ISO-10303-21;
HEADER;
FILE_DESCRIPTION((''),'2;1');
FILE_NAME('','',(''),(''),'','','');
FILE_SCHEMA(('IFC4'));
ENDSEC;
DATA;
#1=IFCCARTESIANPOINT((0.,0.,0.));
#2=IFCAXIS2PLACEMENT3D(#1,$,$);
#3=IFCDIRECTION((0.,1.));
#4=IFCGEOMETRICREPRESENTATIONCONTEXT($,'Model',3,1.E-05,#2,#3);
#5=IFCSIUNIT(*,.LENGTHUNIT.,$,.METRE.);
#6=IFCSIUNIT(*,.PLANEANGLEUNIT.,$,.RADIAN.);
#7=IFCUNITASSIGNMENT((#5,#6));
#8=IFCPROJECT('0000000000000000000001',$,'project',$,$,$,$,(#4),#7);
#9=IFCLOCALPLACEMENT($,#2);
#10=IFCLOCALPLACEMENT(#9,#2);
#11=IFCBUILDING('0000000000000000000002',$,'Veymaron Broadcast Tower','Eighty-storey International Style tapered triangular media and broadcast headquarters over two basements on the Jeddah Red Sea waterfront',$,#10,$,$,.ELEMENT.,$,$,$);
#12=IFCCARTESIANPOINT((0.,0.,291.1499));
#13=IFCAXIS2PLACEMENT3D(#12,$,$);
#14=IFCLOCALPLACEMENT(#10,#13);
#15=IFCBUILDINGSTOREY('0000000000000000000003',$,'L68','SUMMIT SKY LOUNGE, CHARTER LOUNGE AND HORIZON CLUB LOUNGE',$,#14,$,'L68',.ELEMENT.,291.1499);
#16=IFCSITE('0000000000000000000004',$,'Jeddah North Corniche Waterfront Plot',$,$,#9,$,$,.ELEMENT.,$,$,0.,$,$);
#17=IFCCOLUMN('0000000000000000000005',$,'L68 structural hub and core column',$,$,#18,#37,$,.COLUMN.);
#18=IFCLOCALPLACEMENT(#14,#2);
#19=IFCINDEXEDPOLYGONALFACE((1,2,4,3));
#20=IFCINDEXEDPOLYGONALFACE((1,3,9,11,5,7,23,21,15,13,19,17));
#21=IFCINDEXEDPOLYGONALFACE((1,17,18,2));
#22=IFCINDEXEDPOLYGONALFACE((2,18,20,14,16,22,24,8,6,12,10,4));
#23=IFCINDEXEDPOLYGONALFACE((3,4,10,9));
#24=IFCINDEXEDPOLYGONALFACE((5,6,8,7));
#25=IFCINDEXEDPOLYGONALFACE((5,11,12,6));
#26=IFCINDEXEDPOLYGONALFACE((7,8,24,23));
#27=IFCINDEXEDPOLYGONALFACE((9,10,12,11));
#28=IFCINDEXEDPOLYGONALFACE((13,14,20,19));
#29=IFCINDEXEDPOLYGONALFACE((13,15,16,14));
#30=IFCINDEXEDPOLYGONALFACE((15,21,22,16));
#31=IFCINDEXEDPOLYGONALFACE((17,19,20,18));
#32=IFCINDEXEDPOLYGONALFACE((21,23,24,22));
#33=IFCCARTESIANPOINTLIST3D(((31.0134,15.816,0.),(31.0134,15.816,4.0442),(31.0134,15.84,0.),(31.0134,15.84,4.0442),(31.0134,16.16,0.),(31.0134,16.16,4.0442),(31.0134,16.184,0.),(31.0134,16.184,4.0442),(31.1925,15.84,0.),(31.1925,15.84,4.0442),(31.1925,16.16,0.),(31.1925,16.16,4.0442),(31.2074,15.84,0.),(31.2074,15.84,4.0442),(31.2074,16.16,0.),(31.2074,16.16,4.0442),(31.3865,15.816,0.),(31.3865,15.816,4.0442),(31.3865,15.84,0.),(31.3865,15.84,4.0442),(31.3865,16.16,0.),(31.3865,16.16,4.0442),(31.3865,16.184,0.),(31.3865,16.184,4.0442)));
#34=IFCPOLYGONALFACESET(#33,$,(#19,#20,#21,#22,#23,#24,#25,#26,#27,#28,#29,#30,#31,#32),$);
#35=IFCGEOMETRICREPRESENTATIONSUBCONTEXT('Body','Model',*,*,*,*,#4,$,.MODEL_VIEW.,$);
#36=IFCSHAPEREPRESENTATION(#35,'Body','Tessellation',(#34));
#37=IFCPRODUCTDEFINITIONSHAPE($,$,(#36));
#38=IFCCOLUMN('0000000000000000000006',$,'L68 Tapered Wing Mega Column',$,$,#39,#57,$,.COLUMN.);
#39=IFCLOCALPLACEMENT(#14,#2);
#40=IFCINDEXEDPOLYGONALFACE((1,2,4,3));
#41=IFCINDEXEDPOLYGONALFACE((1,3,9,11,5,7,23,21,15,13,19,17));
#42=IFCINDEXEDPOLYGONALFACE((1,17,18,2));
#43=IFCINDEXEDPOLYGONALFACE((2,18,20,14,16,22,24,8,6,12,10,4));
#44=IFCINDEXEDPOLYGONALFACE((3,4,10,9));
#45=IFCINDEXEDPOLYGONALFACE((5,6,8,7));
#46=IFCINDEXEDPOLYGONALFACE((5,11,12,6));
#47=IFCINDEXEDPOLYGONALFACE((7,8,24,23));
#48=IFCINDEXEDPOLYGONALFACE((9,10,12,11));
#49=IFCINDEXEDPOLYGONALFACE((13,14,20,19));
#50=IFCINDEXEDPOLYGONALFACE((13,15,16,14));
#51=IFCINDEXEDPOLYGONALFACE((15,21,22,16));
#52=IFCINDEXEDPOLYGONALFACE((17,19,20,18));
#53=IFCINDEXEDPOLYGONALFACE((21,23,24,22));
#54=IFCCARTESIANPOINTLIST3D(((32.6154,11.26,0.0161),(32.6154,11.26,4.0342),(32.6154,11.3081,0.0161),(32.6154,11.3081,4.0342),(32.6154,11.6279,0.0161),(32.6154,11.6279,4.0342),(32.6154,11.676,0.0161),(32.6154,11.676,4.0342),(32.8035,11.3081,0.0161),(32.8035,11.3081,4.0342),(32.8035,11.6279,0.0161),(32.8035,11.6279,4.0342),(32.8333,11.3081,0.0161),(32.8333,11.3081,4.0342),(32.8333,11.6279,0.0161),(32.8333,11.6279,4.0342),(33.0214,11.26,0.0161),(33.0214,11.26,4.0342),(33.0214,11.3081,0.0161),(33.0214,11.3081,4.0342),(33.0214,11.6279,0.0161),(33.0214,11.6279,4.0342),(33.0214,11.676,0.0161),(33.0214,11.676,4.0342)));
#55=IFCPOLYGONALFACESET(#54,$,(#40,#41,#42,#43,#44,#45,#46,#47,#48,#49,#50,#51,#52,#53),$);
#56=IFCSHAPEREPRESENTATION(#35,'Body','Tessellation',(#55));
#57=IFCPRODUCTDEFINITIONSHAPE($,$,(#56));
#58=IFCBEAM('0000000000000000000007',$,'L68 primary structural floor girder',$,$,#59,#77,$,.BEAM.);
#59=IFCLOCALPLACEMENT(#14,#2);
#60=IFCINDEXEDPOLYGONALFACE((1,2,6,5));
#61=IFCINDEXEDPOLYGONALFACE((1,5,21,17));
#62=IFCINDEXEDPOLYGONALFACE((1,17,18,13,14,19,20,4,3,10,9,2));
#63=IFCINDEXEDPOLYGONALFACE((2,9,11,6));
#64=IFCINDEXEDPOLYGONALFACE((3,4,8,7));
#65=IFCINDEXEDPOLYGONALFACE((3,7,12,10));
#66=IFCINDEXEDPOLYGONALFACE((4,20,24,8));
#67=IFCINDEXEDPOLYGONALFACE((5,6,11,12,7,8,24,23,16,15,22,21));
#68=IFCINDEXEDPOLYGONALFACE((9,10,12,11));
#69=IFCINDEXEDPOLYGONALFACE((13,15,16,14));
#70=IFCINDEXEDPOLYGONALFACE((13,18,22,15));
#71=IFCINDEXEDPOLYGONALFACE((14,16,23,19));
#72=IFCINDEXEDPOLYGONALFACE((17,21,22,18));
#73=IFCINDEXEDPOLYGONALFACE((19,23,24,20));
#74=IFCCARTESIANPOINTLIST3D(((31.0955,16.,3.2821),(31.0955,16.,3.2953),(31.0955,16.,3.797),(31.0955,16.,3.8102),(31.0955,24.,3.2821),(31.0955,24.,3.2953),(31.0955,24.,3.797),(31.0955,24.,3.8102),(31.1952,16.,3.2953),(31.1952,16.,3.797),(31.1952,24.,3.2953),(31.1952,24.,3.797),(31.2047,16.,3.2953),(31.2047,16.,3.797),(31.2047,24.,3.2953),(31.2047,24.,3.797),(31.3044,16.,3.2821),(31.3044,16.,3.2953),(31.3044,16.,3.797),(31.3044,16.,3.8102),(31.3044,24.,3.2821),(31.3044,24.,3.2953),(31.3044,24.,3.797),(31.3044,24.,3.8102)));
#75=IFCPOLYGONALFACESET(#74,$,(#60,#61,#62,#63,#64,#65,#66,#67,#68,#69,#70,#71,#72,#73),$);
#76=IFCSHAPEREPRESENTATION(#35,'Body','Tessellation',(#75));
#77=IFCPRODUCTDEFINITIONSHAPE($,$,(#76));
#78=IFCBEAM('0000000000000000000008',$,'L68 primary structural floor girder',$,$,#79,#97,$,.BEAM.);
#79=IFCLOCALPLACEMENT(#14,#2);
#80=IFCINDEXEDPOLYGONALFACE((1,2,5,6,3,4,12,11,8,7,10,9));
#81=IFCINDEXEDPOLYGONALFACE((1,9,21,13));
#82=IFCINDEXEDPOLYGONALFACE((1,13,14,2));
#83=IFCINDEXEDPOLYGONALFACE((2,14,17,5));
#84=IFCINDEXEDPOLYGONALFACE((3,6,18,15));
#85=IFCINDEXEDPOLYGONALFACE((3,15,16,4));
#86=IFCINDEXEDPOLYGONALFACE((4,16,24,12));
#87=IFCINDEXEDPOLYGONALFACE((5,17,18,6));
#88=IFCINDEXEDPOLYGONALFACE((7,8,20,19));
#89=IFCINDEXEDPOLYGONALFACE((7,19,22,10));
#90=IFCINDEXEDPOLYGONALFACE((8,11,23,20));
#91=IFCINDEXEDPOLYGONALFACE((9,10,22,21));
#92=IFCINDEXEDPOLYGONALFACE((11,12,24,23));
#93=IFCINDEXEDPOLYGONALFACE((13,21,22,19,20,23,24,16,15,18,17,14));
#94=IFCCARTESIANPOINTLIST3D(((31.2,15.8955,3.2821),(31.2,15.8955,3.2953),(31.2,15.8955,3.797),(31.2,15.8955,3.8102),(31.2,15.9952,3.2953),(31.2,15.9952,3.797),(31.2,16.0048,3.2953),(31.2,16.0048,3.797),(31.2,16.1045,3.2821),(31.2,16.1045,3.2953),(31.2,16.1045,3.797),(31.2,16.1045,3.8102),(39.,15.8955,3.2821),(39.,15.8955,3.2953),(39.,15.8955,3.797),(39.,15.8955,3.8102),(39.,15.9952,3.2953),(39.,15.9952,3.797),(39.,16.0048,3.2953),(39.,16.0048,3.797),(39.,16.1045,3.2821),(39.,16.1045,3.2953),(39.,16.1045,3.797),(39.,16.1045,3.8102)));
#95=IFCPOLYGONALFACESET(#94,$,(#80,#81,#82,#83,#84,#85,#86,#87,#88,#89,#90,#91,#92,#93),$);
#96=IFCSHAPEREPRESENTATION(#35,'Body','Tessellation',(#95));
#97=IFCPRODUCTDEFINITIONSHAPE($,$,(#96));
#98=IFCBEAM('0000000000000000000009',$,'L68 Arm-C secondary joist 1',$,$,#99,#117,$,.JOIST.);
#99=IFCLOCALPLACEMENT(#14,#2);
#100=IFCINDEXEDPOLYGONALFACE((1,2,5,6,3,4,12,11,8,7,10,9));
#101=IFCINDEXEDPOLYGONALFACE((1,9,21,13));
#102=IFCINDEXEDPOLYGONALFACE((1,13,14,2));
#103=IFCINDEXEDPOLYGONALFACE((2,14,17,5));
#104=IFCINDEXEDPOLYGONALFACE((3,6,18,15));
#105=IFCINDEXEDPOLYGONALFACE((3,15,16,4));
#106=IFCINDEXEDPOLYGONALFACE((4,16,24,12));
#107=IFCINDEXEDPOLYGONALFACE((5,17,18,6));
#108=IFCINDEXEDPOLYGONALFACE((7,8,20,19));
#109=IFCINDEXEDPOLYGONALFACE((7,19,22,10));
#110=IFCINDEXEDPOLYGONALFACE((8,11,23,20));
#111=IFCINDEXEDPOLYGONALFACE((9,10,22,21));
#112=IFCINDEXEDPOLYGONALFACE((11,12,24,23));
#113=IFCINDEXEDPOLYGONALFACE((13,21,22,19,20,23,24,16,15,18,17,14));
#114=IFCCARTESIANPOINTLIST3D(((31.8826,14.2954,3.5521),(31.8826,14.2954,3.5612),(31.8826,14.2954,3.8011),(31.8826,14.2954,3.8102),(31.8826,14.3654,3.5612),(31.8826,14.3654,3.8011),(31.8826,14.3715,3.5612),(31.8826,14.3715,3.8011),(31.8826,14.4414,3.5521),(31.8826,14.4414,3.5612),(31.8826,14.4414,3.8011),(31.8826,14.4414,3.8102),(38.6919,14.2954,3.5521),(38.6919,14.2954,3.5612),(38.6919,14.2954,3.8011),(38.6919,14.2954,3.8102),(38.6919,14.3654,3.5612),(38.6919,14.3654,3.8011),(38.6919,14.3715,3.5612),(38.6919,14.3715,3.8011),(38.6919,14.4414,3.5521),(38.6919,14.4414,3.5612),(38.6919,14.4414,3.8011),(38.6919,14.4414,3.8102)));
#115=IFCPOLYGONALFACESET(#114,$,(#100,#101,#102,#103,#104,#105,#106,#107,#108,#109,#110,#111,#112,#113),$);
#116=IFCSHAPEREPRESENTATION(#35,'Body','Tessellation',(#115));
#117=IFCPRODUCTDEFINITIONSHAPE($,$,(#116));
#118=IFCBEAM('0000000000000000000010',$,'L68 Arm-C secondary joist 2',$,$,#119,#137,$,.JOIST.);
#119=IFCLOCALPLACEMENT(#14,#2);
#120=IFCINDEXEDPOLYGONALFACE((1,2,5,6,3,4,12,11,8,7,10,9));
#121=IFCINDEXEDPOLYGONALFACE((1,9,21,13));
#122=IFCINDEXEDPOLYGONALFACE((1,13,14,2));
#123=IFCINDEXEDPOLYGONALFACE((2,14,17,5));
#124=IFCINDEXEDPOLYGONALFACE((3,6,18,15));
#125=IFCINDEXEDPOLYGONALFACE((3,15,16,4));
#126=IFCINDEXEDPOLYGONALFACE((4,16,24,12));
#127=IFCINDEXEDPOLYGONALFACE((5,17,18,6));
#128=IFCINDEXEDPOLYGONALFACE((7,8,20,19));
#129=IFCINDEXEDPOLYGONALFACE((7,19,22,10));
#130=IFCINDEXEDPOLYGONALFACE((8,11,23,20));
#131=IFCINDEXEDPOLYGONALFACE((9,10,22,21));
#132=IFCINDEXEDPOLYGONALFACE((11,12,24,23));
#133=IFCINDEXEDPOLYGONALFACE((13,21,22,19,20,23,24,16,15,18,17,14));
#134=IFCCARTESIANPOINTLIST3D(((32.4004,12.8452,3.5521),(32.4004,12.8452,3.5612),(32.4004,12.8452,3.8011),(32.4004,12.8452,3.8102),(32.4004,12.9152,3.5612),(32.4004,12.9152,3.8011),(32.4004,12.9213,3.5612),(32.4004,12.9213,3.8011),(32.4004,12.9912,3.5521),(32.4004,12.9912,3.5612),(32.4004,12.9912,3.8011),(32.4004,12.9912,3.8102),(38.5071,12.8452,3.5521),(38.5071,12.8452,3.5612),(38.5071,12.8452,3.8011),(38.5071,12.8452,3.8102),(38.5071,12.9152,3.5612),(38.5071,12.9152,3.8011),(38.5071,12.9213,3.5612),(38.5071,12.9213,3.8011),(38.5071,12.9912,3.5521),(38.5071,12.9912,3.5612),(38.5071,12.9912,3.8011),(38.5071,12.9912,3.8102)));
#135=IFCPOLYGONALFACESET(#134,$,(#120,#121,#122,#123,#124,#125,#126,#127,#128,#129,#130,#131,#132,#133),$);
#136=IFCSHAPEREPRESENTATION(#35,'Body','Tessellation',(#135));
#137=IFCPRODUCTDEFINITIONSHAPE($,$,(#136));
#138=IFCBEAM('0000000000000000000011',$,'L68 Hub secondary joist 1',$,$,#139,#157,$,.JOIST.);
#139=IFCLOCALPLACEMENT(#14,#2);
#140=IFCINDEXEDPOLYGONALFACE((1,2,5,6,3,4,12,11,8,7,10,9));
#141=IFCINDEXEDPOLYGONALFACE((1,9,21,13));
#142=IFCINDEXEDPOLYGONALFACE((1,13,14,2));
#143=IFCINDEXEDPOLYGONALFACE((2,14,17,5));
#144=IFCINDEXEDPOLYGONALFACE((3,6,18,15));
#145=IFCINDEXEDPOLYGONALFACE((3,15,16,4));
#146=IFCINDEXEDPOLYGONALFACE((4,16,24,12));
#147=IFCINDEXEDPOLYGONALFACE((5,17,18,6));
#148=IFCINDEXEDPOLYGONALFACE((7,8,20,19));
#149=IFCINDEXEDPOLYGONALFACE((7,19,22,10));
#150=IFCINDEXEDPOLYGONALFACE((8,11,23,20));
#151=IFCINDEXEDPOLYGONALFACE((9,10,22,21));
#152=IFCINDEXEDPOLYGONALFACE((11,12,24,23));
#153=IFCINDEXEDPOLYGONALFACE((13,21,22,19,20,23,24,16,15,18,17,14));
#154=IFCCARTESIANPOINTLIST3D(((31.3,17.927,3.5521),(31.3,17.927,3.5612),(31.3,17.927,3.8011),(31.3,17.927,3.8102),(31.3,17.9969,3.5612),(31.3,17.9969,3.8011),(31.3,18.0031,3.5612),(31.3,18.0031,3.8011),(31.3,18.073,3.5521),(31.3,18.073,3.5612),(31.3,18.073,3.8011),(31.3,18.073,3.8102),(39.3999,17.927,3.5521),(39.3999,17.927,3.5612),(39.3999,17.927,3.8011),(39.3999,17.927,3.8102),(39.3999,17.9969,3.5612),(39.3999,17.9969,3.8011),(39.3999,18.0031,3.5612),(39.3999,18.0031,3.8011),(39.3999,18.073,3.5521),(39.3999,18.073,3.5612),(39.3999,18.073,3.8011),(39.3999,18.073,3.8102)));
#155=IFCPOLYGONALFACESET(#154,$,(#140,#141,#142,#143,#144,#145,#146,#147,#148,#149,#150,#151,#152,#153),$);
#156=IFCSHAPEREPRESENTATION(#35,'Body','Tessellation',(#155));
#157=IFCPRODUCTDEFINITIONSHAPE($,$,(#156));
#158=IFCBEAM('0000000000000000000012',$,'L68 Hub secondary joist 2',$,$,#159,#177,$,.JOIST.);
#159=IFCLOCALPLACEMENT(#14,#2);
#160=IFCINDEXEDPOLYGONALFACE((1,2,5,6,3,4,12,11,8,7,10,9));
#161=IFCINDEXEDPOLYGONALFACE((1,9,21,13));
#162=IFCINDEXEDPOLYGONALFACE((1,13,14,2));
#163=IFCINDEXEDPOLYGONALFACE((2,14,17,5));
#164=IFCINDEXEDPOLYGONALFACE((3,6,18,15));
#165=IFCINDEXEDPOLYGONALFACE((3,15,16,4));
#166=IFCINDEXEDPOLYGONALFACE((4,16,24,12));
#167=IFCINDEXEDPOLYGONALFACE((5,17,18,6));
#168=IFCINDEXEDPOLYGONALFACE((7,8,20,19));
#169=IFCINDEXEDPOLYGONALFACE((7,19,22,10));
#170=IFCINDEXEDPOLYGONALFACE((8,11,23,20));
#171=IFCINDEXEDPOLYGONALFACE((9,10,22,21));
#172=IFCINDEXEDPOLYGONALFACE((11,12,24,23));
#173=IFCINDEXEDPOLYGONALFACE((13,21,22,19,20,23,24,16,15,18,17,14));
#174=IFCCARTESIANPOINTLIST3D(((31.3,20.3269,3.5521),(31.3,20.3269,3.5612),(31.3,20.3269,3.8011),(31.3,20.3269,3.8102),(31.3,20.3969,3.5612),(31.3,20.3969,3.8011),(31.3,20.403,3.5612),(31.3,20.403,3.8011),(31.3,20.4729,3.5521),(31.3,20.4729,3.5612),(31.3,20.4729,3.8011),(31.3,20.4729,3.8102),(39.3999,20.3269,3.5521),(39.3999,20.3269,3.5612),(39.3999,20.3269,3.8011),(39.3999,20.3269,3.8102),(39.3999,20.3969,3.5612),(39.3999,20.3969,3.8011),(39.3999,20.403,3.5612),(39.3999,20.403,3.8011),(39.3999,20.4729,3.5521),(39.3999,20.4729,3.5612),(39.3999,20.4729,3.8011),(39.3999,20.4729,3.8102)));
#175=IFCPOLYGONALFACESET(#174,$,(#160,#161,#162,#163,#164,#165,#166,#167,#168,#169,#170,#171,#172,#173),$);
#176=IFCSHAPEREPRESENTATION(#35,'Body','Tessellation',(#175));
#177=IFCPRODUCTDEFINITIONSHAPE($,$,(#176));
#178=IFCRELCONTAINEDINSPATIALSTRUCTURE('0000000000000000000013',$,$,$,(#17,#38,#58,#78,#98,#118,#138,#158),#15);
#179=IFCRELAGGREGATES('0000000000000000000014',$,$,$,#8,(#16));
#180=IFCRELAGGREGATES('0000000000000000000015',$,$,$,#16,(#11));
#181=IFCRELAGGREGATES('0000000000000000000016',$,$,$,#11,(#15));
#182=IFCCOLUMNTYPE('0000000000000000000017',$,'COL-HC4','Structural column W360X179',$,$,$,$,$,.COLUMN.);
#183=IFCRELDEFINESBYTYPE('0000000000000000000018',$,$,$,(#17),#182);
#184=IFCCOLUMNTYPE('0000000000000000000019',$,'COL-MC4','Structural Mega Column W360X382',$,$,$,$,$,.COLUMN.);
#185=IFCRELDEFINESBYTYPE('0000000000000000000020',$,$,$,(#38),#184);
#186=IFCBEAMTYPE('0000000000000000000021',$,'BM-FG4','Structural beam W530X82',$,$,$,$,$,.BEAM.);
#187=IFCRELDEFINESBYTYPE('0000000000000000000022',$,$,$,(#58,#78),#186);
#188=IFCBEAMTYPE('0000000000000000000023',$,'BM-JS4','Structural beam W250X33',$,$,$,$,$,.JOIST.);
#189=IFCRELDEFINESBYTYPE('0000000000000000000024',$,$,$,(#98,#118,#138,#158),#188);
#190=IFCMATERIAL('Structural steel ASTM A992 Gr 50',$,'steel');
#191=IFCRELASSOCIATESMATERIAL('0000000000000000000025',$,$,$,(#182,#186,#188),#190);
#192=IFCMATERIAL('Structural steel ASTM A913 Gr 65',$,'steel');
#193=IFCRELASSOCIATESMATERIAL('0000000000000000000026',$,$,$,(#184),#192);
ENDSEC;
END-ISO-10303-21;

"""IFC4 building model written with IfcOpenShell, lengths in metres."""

from ifc_helpers import new_model, si_unit, direction, frame, origin, origin_2d, place, context, subcontext, project, spatial, i_section, extrude, material, material_profile, profile_set, type_object, element, save


model = new_model("IFC4")

# Units and contexts
model_context = context("Model", 3, precision=1e-05, world=origin(), true_north=direction((0.0, 1.0)))
body_context = subcontext(model_context, "Body", "Model", "MODEL_VIEW")
ifc_project = project(units=[si_unit("LENGTHUNIT", "METRE"), si_unit("PLANEANGLEUNIT", "RADIAN")], contexts=[model_context])

# Site, building, storey
site_placement = place(None, origin())
site = spatial("IfcSite", under=ifc_project, at=site_placement, Name="Jeddah North Corniche Waterfront Plot", CompositionType="ELEMENT", RefElevation=0.0)
building_placement = place(site_placement, origin())
building = spatial("IfcBuilding", under=site, at=building_placement, Name="Veymaron Broadcast Tower", Description="Eighty-storey International Style tapered triangular media and broadcast headquarters over two basements on the Jeddah Red Sea waterfront", CompositionType="ELEMENT")
storey_placement = place(building_placement, frame((0.0, 0.0, 291.1499)))
storey = spatial("IfcBuildingStorey", under=building, at=storey_placement, Name="L68", Description="SUMMIT SKY LOUNGE, CHARTER LOUNGE AND HORIZON CLUB LOUNGE", LongName="L68", CompositionType="ELEMENT", Elevation=291.1499)

# Columns
ifc_material_1 = material(Name="Structural steel ASTM A992 Gr 50", Category="steel")
ifc_material_profile_1 = material_profile(ifc_material_1, i_section(OverallWidth=0.373, OverallDepth=0.3679, WebThickness=0.0149, FlangeThickness=0.0239, at=origin_2d()), Name="W360X179")
ifc_profile_set_1 = profile_set([ifc_material_profile_1], Name="Structural steel ASTM A992 Gr 50")
column_type_1 = type_object("IfcColumnType", Name="COL-HC4", Description="Structural column W360X179", PredefinedType="COLUMN", material=ifc_profile_set_1)
column_1_placement = place(storey_placement, frame((31.2, 16.0, 0.0), z_axis=(0.0, 0.0, 1.0), x_axis=(1.0, 0.0, 0.0)))
element("IfcColumn", 1, at=column_1_placement, inside=storey, type_object=column_type_1, Name="L68 structural hub and core column", PredefinedType="COLUMN", context=body_context, shape_type="SweptSolid", body=[
    extrude(i_section(OverallWidth=0.373, OverallDepth=0.3679, WebThickness=0.0149, FlangeThickness=0.0239, at=origin_2d()), origin(), (0.0, 0.0, 1.0), 4.0442),
])
ifc_material_2 = material(Name="Structural steel ASTM A913 Gr 65", Category="steel")
ifc_material_profile_2 = material_profile(ifc_material_2, i_section(OverallWidth=0.406, OverallDepth=0.416, WebThickness=0.0298, FlangeThickness=0.0481, at=origin_2d()), Name="W360X382")
ifc_profile_set_2 = profile_set([ifc_material_profile_2], Name="Structural steel ASTM A913 Gr 65")
column_type_2 = type_object("IfcColumnType", Name="COL-MC4", Description="Structural Mega Column W360X382", PredefinedType="COLUMN", material=ifc_profile_set_2)
column_2_placement = place(storey_placement, frame((32.8184, 11.468, 0.0161), z_axis=(0.0, 0.0, 1.0), x_axis=(1.0, 0.0, 0.0)))
element("IfcColumn", 2, at=column_2_placement, inside=storey, type_object=column_type_2, Name="L68 Tapered Wing Mega Column", PredefinedType="COLUMN", context=body_context, shape_type="SweptSolid", body=[
    extrude(i_section(OverallWidth=0.406, OverallDepth=0.416, WebThickness=0.0298, FlangeThickness=0.0481, at=origin_2d()), origin(), (0.0, 0.0, 1.0), 4.0181),
])

# Beams
ifc_material_profile_3 = material_profile(ifc_material_1, i_section(OverallWidth=0.209, OverallDepth=0.5281, WebThickness=0.0095, FlangeThickness=0.0132, at=origin_2d()), Name="W530X82")
ifc_profile_set_3 = profile_set([ifc_material_profile_3], Name="Structural steel ASTM A992 Gr 50")
beam_type_1 = type_object("IfcBeamType", Name="BM-FG4", Description="Structural beam W530X82", PredefinedType="BEAM", material=ifc_profile_set_3)
beam_1_placement = place(storey_placement, frame((31.2, 16.0, 3.5461), z_axis=(0.0, 1.0, 0.0), x_axis=(-1.0, 0.0, 0.0)))
element("IfcBeam", 3, at=beam_1_placement, inside=storey, type_object=beam_type_1, Name="L68 primary structural floor girder", PredefinedType="BEAM", context=body_context, shape_type="SweptSolid", body=[
    extrude(i_section(OverallWidth=0.209, OverallDepth=0.5281, WebThickness=0.0095, FlangeThickness=0.0132, at=origin_2d()), origin(), (0.0, 0.0, 1.0), 8.0),
])
beam_2_placement = place(storey_placement, frame((31.2, 16.0, 3.5461), z_axis=(1.0, 0.0, 0.0), x_axis=(0.0, 1.0, 0.0)))
element("IfcBeam", 4, at=beam_2_placement, inside=storey, type_object=beam_type_1, Name="L68 primary structural floor girder", PredefinedType="BEAM", context=body_context, shape_type="SweptSolid", body=[
    extrude(i_section(OverallWidth=0.209, OverallDepth=0.5281, WebThickness=0.0095, FlangeThickness=0.0132, at=origin_2d()), origin(), (0.0, 0.0, 1.0), 7.8),
])
ifc_material_profile_4 = material_profile(ifc_material_1, i_section(OverallWidth=0.146, OverallDepth=0.2581, WebThickness=0.0061, FlangeThickness=0.009, at=origin_2d()), Name="W250X33")
ifc_profile_set_4 = profile_set([ifc_material_profile_4], Name="Structural steel ASTM A992 Gr 50")
beam_type_2 = type_object("IfcBeamType", Name="BM-JS4", Description="Structural beam W250X33", PredefinedType="JOIST", material=ifc_profile_set_4)
beam_3_placement = place(storey_placement, frame((31.8826, 14.3684, 3.6812), z_axis=(1.0, 0.0, 0.0), x_axis=(0.0, 1.0, 0.0)))
element("IfcBeam", 5, at=beam_3_placement, inside=storey, type_object=beam_type_2, Name="L68 Arm-C secondary joist 1", PredefinedType="JOIST", context=body_context, shape_type="SweptSolid", body=[
    extrude(i_section(OverallWidth=0.146, OverallDepth=0.2581, WebThickness=0.0061, FlangeThickness=0.009, at=origin_2d()), origin(), (0.0, 0.0, 1.0), 6.8093),
])
beam_4_placement = place(storey_placement, frame((32.4004, 12.9182, 3.6812), z_axis=(1.0, 0.0, 0.0), x_axis=(0.0, 1.0, 0.0)))
element("IfcBeam", 6, at=beam_4_placement, inside=storey, type_object=beam_type_2, Name="L68 Arm-C secondary joist 2", PredefinedType="JOIST", context=body_context, shape_type="SweptSolid", body=[
    extrude(i_section(OverallWidth=0.146, OverallDepth=0.2581, WebThickness=0.0061, FlangeThickness=0.009, at=origin_2d()), origin(), (0.0, 0.0, 1.0), 6.1067),
])
for number, where, z_axis, x_axis, name in (
    (7, (31.3, 18.0, 3.6812), (1.0, 0.0, 0.0), (0.0, 1.0, 0.0), "L68 Hub secondary joist 1"),
    (8, (31.3, 20.3999, 3.6812), (1.0, 0.0, 0.0), (0.0, 1.0, 0.0), "L68 Hub secondary joist 2"),
):
    element("IfcBeam", number, at=place(storey_placement, frame(where, z_axis=z_axis, x_axis=x_axis)), inside=storey, type_object=beam_type_2, Name=name, PredefinedType="JOIST", context=body_context, shape_type="SweptSolid", body=[
        extrude(i_section(OverallWidth=0.146, OverallDepth=0.2581, WebThickness=0.0061, FlangeThickness=0.009, at=origin_2d()), origin(), (0.0, 0.0, 1.0), 8.0999),
    ])

save(model, "model.ifc")
